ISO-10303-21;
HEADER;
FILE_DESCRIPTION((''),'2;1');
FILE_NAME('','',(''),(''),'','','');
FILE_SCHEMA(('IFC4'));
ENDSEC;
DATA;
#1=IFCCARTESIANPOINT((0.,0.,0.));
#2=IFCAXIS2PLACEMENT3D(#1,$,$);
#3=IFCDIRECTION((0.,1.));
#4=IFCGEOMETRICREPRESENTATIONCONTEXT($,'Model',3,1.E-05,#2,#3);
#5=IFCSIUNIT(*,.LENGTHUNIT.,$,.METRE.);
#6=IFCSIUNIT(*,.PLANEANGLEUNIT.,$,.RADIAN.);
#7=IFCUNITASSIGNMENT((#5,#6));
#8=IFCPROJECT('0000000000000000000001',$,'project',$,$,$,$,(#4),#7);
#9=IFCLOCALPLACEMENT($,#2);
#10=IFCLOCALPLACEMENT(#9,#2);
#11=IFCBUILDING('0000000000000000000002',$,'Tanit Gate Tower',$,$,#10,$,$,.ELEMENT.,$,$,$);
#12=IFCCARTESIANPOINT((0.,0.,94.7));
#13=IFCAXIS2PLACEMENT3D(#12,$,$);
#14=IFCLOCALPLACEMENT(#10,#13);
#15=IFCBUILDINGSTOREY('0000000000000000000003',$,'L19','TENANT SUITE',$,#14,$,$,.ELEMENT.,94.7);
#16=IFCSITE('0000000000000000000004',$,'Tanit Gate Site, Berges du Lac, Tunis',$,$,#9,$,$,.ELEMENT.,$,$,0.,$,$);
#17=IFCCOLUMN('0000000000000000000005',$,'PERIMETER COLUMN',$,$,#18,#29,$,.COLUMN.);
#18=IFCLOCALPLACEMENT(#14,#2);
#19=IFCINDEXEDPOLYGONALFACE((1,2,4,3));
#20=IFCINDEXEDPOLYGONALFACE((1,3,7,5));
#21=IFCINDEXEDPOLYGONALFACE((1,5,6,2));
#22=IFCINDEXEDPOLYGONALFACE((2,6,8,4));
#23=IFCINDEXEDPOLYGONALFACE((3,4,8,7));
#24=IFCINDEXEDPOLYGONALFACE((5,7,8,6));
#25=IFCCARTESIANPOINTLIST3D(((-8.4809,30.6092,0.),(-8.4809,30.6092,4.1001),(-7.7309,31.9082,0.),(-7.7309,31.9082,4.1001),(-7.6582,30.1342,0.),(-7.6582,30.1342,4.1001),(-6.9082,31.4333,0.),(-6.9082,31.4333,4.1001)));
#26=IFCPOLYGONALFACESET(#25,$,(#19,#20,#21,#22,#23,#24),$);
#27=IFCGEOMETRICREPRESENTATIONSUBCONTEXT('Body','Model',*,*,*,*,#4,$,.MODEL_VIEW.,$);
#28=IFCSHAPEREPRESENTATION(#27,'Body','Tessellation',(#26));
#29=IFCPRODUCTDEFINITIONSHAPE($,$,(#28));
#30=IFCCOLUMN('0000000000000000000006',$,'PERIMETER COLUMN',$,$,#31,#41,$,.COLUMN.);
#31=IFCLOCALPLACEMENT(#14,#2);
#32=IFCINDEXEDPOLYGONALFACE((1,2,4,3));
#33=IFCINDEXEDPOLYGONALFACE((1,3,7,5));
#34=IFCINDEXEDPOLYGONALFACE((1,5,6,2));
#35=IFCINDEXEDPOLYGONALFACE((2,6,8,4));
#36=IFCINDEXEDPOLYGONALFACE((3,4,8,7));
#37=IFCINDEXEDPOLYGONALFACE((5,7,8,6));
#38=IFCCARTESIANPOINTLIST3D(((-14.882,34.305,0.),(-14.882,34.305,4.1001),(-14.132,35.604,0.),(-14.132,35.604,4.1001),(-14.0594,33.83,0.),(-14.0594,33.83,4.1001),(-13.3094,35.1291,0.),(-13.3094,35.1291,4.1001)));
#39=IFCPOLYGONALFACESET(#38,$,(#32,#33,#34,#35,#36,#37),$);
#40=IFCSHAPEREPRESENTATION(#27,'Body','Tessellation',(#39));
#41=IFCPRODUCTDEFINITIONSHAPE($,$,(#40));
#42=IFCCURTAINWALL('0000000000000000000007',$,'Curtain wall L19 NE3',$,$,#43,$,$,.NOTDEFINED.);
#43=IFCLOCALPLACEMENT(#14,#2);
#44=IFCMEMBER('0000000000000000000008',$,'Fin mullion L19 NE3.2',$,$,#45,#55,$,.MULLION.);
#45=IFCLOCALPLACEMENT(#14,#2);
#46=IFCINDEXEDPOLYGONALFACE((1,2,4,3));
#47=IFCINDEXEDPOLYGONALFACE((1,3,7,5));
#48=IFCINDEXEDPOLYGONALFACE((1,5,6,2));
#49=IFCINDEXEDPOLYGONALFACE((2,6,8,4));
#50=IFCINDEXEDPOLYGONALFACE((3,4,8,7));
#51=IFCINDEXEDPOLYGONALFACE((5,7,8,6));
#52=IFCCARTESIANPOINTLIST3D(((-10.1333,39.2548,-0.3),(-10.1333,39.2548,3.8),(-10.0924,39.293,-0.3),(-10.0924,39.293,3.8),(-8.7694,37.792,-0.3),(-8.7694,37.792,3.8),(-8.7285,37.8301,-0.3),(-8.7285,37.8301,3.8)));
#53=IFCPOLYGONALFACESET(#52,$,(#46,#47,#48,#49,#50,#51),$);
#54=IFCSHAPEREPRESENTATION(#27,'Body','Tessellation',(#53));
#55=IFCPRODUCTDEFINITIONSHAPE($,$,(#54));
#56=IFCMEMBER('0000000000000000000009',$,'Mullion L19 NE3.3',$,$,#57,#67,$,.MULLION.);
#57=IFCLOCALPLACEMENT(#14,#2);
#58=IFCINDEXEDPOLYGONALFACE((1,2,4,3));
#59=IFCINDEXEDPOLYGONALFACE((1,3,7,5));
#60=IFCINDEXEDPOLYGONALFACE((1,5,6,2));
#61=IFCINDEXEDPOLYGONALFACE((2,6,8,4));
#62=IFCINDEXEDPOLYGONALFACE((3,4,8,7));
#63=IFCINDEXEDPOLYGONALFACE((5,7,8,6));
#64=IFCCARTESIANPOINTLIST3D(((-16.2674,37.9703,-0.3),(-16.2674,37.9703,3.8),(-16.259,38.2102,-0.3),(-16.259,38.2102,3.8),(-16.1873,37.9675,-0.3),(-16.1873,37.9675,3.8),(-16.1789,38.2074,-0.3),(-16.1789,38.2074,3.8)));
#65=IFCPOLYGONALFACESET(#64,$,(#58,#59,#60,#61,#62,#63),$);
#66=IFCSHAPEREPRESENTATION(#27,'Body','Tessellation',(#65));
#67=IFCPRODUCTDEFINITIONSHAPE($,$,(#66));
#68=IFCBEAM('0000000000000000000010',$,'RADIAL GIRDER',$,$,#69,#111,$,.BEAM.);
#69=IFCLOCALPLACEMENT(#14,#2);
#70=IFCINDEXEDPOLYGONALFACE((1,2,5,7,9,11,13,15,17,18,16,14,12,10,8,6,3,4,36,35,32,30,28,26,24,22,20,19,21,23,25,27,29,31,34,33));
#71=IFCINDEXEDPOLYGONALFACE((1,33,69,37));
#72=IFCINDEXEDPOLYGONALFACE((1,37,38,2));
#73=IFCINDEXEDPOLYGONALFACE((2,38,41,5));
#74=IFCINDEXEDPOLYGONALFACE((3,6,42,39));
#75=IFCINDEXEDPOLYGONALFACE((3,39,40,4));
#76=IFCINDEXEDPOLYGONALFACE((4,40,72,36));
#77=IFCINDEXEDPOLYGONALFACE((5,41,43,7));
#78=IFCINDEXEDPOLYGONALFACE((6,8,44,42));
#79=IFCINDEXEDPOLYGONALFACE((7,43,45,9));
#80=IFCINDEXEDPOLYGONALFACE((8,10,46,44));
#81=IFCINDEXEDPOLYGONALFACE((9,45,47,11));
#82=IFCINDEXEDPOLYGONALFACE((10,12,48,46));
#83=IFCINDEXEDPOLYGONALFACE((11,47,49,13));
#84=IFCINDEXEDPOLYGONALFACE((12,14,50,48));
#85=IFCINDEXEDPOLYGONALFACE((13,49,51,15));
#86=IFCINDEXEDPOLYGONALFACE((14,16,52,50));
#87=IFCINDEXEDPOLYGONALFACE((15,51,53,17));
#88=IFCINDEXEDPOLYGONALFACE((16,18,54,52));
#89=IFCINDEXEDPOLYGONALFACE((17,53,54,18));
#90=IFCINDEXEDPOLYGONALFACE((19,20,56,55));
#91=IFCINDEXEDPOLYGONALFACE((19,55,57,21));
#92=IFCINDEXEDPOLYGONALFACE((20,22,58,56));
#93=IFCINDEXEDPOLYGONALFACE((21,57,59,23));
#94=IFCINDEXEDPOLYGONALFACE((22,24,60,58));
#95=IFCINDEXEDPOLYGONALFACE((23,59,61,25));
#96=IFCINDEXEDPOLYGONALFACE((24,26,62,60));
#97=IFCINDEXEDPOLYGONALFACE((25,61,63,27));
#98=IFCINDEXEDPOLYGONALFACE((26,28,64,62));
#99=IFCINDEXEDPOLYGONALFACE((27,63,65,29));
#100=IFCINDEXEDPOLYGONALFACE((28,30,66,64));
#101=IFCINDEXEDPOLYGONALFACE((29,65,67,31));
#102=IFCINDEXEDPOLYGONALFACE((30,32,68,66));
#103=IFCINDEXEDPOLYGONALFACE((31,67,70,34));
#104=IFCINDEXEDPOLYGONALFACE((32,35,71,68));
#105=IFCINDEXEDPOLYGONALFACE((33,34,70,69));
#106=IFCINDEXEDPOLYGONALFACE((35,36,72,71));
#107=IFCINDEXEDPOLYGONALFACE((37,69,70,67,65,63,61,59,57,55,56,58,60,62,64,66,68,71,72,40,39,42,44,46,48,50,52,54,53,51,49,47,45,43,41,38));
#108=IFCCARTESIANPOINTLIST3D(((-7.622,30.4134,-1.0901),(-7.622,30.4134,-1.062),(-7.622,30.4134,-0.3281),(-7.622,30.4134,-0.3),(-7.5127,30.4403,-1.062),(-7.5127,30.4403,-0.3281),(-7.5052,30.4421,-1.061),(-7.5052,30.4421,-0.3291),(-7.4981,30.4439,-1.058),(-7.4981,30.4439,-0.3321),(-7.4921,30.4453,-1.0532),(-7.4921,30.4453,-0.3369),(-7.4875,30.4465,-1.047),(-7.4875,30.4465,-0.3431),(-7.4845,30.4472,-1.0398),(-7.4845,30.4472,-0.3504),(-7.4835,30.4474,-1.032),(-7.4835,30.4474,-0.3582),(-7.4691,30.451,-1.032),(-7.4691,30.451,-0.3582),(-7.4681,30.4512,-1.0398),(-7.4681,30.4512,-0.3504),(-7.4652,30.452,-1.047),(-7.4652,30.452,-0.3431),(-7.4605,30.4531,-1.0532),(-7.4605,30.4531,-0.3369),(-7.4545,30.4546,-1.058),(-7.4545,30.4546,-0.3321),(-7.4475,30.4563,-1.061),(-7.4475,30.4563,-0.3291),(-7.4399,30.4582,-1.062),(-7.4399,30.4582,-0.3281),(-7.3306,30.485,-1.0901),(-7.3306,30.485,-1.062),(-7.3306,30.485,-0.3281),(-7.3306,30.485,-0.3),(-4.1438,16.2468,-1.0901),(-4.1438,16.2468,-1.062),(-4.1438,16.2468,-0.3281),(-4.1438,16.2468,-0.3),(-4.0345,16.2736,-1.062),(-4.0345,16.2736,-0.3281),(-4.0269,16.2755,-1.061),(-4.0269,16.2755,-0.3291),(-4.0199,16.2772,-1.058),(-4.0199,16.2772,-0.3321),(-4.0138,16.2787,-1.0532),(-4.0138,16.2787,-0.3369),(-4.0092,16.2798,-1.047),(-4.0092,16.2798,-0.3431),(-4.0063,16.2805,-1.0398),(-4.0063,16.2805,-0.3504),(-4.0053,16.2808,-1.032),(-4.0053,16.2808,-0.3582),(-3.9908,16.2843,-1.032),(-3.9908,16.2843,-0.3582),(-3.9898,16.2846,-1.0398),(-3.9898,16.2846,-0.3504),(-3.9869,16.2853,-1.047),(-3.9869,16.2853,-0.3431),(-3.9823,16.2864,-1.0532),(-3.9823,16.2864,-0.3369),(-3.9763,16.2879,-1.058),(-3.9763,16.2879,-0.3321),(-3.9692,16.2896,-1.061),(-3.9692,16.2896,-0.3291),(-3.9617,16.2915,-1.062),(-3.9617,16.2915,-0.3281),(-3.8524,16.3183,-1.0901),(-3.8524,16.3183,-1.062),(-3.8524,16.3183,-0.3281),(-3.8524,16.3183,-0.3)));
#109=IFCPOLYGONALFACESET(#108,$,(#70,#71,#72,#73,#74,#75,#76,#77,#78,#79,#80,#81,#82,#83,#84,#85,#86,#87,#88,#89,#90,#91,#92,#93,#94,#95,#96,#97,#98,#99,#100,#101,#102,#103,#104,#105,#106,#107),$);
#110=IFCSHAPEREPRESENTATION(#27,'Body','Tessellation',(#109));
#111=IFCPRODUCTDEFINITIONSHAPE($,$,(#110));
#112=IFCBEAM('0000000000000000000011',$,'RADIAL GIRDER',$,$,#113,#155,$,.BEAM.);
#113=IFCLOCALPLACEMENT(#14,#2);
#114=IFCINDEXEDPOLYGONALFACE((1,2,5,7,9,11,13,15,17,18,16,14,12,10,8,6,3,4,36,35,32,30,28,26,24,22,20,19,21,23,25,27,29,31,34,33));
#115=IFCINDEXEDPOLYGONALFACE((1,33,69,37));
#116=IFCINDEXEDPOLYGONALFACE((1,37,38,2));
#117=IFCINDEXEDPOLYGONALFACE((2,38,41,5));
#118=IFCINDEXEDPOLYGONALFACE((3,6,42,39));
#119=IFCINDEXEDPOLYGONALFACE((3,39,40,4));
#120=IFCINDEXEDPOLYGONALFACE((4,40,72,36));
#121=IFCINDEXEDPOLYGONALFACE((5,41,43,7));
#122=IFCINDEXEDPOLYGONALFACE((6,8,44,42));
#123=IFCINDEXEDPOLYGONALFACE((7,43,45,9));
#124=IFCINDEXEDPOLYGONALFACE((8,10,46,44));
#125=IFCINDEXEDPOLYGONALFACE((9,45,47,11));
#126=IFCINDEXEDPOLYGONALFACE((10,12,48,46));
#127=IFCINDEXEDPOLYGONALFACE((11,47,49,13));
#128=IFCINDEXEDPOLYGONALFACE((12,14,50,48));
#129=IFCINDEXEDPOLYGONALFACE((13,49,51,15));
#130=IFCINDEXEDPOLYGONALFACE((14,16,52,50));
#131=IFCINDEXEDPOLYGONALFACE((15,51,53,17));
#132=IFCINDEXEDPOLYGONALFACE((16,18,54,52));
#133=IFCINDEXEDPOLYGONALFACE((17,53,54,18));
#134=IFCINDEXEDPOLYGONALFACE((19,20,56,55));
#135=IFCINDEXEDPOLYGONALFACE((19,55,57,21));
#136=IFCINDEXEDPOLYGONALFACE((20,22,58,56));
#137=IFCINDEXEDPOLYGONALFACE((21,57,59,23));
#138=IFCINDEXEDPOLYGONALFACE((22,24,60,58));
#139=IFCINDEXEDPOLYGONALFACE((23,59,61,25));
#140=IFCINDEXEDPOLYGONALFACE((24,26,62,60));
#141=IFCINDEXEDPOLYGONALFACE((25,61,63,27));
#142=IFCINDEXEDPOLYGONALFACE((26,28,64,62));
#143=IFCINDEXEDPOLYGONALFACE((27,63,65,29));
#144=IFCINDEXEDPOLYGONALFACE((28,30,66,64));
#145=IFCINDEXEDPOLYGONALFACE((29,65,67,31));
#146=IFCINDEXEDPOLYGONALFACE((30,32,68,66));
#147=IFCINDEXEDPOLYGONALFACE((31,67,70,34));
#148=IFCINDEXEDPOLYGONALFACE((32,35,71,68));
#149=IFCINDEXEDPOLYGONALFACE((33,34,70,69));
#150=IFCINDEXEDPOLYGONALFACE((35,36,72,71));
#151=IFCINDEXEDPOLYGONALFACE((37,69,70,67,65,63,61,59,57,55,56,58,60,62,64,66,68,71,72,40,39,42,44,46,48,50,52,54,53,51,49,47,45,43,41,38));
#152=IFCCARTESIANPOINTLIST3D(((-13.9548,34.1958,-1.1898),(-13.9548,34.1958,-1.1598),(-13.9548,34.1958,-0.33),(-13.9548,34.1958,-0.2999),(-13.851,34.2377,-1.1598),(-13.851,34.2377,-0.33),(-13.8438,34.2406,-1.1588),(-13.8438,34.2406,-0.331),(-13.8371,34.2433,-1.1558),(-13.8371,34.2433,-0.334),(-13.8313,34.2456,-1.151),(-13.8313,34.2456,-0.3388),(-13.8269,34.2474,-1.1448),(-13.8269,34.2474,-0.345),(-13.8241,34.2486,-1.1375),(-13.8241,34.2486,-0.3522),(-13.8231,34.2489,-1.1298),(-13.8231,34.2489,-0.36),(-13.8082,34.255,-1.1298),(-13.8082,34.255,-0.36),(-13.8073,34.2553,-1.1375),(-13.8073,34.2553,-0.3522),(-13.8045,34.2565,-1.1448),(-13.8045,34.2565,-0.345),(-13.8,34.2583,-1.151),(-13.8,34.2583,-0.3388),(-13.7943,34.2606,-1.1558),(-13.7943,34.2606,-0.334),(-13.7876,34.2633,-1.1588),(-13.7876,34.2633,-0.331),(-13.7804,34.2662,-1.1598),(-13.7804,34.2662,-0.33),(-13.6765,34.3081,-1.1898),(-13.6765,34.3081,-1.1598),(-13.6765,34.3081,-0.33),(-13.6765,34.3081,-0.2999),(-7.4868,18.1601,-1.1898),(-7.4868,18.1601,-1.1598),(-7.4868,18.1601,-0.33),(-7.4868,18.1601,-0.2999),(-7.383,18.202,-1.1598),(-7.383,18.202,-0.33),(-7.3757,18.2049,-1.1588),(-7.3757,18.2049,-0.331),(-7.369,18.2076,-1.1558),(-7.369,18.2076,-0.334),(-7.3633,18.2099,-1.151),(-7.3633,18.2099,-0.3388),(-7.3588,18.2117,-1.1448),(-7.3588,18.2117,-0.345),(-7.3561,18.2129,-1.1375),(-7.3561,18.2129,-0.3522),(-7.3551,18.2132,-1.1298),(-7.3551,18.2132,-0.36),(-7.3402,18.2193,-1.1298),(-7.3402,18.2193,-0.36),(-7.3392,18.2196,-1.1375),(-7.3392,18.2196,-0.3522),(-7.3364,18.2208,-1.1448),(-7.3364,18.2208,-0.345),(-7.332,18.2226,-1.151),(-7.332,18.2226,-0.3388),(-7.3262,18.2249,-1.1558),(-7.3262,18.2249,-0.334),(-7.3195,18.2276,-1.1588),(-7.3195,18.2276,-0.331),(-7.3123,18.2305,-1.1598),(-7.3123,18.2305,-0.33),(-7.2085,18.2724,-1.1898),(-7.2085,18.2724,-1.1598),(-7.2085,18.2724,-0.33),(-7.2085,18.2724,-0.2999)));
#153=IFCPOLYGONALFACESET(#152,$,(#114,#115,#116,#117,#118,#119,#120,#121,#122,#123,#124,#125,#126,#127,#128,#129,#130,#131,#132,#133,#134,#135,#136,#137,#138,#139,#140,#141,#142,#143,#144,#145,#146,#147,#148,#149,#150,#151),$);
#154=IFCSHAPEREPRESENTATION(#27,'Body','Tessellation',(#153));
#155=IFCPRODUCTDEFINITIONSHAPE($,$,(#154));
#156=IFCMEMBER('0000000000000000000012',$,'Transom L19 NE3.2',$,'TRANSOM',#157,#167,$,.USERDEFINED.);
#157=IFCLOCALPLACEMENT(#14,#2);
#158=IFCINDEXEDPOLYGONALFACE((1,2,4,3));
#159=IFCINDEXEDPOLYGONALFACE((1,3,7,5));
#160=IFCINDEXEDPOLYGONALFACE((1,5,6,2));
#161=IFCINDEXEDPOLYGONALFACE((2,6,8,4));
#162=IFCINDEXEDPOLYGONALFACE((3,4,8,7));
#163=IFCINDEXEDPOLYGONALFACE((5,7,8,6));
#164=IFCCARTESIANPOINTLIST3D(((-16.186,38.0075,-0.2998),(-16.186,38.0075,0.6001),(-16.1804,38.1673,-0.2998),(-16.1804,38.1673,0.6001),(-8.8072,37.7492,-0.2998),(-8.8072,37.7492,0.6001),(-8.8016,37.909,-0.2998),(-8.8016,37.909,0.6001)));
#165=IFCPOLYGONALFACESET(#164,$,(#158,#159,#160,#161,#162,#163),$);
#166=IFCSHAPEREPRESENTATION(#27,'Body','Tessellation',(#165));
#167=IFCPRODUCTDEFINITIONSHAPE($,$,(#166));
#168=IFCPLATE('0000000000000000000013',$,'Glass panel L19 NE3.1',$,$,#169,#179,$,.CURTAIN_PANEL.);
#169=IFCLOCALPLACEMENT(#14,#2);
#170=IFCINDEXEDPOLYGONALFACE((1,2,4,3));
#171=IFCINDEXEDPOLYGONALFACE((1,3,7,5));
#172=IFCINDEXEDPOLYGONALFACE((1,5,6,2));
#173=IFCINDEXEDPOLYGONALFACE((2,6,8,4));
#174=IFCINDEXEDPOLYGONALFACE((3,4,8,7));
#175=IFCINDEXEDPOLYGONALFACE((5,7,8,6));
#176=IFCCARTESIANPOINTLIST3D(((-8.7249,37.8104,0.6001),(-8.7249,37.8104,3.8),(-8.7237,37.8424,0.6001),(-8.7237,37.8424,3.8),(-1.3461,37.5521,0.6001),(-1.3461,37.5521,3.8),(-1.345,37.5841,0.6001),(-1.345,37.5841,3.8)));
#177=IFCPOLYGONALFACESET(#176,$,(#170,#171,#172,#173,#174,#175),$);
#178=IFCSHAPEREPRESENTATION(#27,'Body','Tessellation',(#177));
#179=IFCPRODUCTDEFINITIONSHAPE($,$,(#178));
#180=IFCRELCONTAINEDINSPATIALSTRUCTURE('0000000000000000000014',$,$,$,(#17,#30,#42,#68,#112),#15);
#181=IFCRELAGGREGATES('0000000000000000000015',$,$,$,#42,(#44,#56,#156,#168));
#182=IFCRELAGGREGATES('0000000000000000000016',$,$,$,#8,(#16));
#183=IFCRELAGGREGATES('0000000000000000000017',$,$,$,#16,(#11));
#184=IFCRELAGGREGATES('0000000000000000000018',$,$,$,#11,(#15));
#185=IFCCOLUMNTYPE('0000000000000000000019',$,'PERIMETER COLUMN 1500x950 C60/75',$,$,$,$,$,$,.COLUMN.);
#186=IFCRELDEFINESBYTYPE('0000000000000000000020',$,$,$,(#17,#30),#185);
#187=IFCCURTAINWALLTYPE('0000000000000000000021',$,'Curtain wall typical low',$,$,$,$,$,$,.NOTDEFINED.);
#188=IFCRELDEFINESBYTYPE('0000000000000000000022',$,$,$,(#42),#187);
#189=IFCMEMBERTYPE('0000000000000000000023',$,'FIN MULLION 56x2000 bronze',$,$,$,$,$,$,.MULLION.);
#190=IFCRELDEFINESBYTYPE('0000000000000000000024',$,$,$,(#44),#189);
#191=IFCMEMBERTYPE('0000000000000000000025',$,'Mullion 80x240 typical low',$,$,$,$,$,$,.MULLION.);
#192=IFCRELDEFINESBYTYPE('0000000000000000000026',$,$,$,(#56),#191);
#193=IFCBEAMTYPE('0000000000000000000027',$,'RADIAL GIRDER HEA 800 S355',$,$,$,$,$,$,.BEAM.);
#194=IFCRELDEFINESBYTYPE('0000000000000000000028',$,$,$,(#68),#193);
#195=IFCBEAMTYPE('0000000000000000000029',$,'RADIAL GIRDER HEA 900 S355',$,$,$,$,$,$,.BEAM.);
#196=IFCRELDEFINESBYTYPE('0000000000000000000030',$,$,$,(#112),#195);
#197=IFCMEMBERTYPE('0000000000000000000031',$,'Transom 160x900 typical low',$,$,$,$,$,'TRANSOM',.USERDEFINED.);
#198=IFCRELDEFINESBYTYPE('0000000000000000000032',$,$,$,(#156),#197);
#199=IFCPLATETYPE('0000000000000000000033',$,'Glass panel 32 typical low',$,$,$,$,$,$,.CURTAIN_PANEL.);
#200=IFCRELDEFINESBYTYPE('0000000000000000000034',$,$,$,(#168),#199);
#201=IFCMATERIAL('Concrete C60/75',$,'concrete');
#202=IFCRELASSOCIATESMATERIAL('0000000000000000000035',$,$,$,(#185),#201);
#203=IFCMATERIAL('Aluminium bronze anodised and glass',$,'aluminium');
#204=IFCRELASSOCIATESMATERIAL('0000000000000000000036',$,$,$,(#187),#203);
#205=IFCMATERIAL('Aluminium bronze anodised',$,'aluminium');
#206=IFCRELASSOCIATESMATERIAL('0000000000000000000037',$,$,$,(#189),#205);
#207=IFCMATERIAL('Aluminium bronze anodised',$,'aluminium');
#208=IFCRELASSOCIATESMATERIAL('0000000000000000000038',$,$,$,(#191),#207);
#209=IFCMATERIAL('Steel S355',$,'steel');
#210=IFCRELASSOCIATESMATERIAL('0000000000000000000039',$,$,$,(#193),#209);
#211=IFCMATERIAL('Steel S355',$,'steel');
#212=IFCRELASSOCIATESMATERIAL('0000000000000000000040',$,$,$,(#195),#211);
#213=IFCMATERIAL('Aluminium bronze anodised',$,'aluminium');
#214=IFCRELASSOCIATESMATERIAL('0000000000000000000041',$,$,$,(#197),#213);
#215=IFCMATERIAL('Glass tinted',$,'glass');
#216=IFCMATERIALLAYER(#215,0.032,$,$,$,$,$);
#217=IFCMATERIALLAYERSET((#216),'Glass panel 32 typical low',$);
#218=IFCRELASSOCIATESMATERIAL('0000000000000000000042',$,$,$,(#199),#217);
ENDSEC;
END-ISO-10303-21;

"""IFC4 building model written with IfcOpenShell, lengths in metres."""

from ifc_helpers import new_model, si_unit, direction, frame, origin, origin_2d, place, context, subcontext, project, spatial, rectangle, i_section, extrude, material, layer, layer_set, material_profile, profile_set, type_object, element, aggregate, save


model = new_model("IFC4")

# Units and contexts
model_context = context("Model", 3, precision=1e-05, world=origin(), true_north=direction((0.0, 1.0)))
body_context = subcontext(model_context, "Body", "Model", "MODEL_VIEW")
ifc_project = project(units=[si_unit("LENGTHUNIT", "METRE"), si_unit("PLANEANGLEUNIT", "RADIAN")], contexts=[model_context])

# Site, building, storey
site_placement = place(None, origin())
site = spatial("IfcSite", under=ifc_project, at=site_placement, Name="Tanit Gate Site, Berges du Lac, Tunis", CompositionType="ELEMENT", RefElevation=0.0)
building_placement = place(site_placement, origin())
building = spatial("IfcBuilding", under=site, at=building_placement, Name="Tanit Gate Tower", CompositionType="ELEMENT")
storey_placement = place(building_placement, frame((0.0, 0.0, 94.7)))
storey = spatial("IfcBuildingStorey", under=building, at=storey_placement, Name="L19", Description="TENANT SUITE", CompositionType="ELEMENT", Elevation=94.7)

# Columns
ifc_material_1 = material(Name="Concrete C60/75", Category="concrete")
ifc_material_profile_1 = material_profile(ifc_material_1, rectangle(XDim=1.5, YDim=0.95, at=origin_2d()), Name="RC 1500x950")
ifc_profile_set_1 = profile_set([ifc_material_profile_1], Name="Concrete C60/75")
column_type = type_object("IfcColumnType", Name="PERIMETER COLUMN 1500x950 C60/75", PredefinedType="COLUMN", material=ifc_profile_set_1)
for number, where, z_axis, x_axis, name in (
    (1, (-7.6946, 31.0212, 0.0), (0.0, 0.0, 1.0), (0.5, 0.866025, 0.0), "PERIMETER COLUMN"),
    (2, (-14.0957, 34.717, 0.0), (0.0, 0.0, 1.0), (0.5, 0.866025, 0.0), "PERIMETER COLUMN"),
):
    element("IfcColumn", number, at=place(storey_placement, frame(where, z_axis=z_axis, x_axis=x_axis)), inside=storey, type_object=column_type, Name=name, PredefinedType="COLUMN", context=body_context, shape_type="SweptSolid", body=[
        extrude(rectangle(XDim=1.5, YDim=0.95, at=origin_2d()), origin(), (0.0, 0.0, 1.0), 4.1001),
    ])

# Curtain wall, members
ifc_material_2 = material(Name="Aluminium bronze anodised and glass", Category="aluminium")
curtain_wall_type = type_object("IfcCurtainWallType", Name="Curtain wall typical low", PredefinedType="NOTDEFINED", material=ifc_material_2)
curtain_wall_placement = place(storey_placement, origin())
curtain_wall = element("IfcCurtainWall", 3, at=curtain_wall_placement, inside=storey, type_object=curtain_wall_type, Name="Curtain wall L19 NE3", PredefinedType="NOTDEFINED")
ifc_material_3 = material(Name="Aluminium bronze anodised", Category="aluminium")
ifc_material_profile_2 = material_profile(ifc_material_3, rectangle(XDim=2.0, YDim=0.0559, at=origin_2d()), Name="56x2000 bronze fin mullion")
ifc_profile_set_2 = profile_set([ifc_material_profile_2], Name="Aluminium bronze anodised")
member_type_1 = type_object("IfcMemberType", Name="FIN MULLION 56x2000 bronze", PredefinedType="MULLION", material=ifc_profile_set_2)
member_1_placement = place(storey_placement, frame((-9.4309, 38.5425, -0.3), z_axis=(0.0, 0.0, 1.0), x_axis=(0.681936, -0.731412, 0.0)))
member_1 = element("IfcMember", 4, at=member_1_placement, type_object=member_type_1, Name="Fin mullion L19 NE3.2", PredefinedType="MULLION", context=body_context, shape_type="SweptSolid", body=[
    extrude(rectangle(XDim=2.0, YDim=0.0559, at=origin_2d()), origin(), (0.0, 0.0, 1.0), 4.1001),
])
ifc_material_4 = material(Name="Aluminium bronze anodised", Category="aluminium")
ifc_material_profile_3 = material_profile(ifc_material_4, rectangle(XDim=0.24, YDim=0.0801, at=origin_2d()), Name="80x240 bronze mullion")
ifc_profile_set_3 = profile_set([ifc_material_profile_3], Name="Aluminium bronze anodised")
member_type_2 = type_object("IfcMemberType", Name="Mullion 80x240 typical low", PredefinedType="MULLION", material=ifc_profile_set_3)
member_2_placement = place(storey_placement, frame((-16.2231, 38.0889, -0.3), z_axis=(0.0, 0.0, 1.0), x_axis=(-0.034985, -0.999388, 0.0)))
member_2 = element("IfcMember", 5, at=member_2_placement, type_object=member_type_2, Name="Mullion L19 NE3.3", PredefinedType="MULLION", context=body_context, shape_type="SweptSolid", body=[
    extrude(rectangle(XDim=0.24, YDim=0.0801, at=origin_2d()), origin(), (0.0, 0.0, 1.0), 4.1001),
])

# Beams
ifc_material_5 = material(Name="Steel S355", Category="steel")
ifc_material_profile_4 = material_profile(ifc_material_5, i_section(OverallWidth=0.3, OverallDepth=0.79, WebThickness=0.0149, FlangeThickness=0.0281, FilletRadius=0.03, at=origin_2d()), Name="HEA 800")
ifc_profile_set_4 = profile_set([ifc_material_profile_4], Name="Steel S355")
beam_type_1 = type_object("IfcBeamType", Name="RADIAL GIRDER HEA 800 S355", PredefinedType="BEAM", material=ifc_profile_set_4)
beam_1_placement = place(storey_placement, frame((-7.4763, 30.4492, -0.6951), z_axis=(0.238442, -0.971157, 0.0), x_axis=(0.971157, 0.238442, 0.0)))
element("IfcBeam", 6, at=beam_1_placement, inside=storey, type_object=beam_type_1, Name="RADIAL GIRDER", PredefinedType="BEAM", context=body_context, shape_type="SweptSolid", body=[
    extrude(i_section(OverallWidth=0.3, OverallDepth=0.79, WebThickness=0.0149, FlangeThickness=0.0281, FilletRadius=0.03, at=origin_2d()), origin(), (0.0, 0.0, 1.0), 14.5874),
])
ifc_material_6 = material(Name="Steel S355", Category="steel")
ifc_material_profile_5 = material_profile(ifc_material_6, i_section(OverallWidth=0.3, OverallDepth=0.8899, WebThickness=0.0161, FlangeThickness=0.03, FilletRadius=0.03, at=origin_2d()), Name="HEA 900")
ifc_profile_set_5 = profile_set([ifc_material_profile_5], Name="Steel S355")
beam_type_2 = type_object("IfcBeamType", Name="RADIAL GIRDER HEA 900 S355", PredefinedType="BEAM", material=ifc_profile_set_5)
beam_2_placement = place(storey_placement, frame((-13.8157, 34.252, -0.7449), z_axis=(0.374069, -0.927401, 0.0), x_axis=(0.927401, 0.374069, 0.0)))
element("IfcBeam", 7, at=beam_2_placement, inside=storey, type_object=beam_type_2, Name="RADIAL GIRDER", PredefinedType="BEAM", context=body_context, shape_type="SweptSolid", body=[
    extrude(i_section(OverallWidth=0.3, OverallDepth=0.8899, WebThickness=0.0161, FlangeThickness=0.03, FilletRadius=0.03, at=origin_2d()), origin(), (0.0, 0.0, 1.0), 17.291),
])

# Member
ifc_material_7 = material(Name="Aluminium bronze anodised", Category="aluminium")
ifc_material_profile_6 = material_profile(ifc_material_7, rectangle(XDim=0.1599, YDim=0.8999, at=origin_2d()), Name="160x900 bronze transom")
ifc_profile_set_6 = profile_set([ifc_material_profile_6], Name="Aluminium bronze anodised")
member_type_3 = type_object("IfcMemberType", Name="Transom 160x900 typical low", ElementType="TRANSOM", PredefinedType="USERDEFINED", material=ifc_profile_set_6)
member_3_placement = place(storey_placement, frame((-8.8044, 37.8291, 0.1501), z_axis=(-0.999388, 0.034985, 0.0), x_axis=(-0.034985, -0.999388, 0.0)))
member_3 = element("IfcMember", 8, at=member_3_placement, type_object=member_type_3, Name="Transom L19 NE3.2", ObjectType="TRANSOM", PredefinedType="USERDEFINED", context=body_context, shape_type="SweptSolid", body=[
    extrude(rectangle(XDim=0.1599, YDim=0.8999, at=origin_2d()), origin(), (0.0, 0.0, 1.0), 7.3833),
])

# Plate
ifc_material_8 = material(Name="Glass tinted", Category="glass")
ifc_layer_1 = layer(ifc_material_8, 0.032)
ifc_layer_set_1 = layer_set([ifc_layer_1], Name="Glass panel 32 typical low")
plate_type = type_object("IfcPlateType", Name="Glass panel 32 typical low", PredefinedType="CURTAIN_PANEL", material=ifc_layer_set_1)
plate_1_placement = place(storey_placement, frame((-5.0349, 37.6973, 0.6001), z_axis=(0.0, 0.0, 1.0), x_axis=(-0.999388, 0.034985, 0.0)))
plate_1 = element("IfcPlate", 9, at=plate_1_placement, type_object=plate_type, Name="Glass panel L19 NE3.1", PredefinedType="CURTAIN_PANEL", context=body_context, shape_type="SweptSolid", body=[
    extrude(rectangle(XDim=7.3833, YDim=0.032, at=origin_2d()), origin(), (0.0, 0.0, 1.0), 3.2),
])
aggregate(curtain_wall, [member_1, member_2, member_3, plate_1])

save(model, "model.ifc")
